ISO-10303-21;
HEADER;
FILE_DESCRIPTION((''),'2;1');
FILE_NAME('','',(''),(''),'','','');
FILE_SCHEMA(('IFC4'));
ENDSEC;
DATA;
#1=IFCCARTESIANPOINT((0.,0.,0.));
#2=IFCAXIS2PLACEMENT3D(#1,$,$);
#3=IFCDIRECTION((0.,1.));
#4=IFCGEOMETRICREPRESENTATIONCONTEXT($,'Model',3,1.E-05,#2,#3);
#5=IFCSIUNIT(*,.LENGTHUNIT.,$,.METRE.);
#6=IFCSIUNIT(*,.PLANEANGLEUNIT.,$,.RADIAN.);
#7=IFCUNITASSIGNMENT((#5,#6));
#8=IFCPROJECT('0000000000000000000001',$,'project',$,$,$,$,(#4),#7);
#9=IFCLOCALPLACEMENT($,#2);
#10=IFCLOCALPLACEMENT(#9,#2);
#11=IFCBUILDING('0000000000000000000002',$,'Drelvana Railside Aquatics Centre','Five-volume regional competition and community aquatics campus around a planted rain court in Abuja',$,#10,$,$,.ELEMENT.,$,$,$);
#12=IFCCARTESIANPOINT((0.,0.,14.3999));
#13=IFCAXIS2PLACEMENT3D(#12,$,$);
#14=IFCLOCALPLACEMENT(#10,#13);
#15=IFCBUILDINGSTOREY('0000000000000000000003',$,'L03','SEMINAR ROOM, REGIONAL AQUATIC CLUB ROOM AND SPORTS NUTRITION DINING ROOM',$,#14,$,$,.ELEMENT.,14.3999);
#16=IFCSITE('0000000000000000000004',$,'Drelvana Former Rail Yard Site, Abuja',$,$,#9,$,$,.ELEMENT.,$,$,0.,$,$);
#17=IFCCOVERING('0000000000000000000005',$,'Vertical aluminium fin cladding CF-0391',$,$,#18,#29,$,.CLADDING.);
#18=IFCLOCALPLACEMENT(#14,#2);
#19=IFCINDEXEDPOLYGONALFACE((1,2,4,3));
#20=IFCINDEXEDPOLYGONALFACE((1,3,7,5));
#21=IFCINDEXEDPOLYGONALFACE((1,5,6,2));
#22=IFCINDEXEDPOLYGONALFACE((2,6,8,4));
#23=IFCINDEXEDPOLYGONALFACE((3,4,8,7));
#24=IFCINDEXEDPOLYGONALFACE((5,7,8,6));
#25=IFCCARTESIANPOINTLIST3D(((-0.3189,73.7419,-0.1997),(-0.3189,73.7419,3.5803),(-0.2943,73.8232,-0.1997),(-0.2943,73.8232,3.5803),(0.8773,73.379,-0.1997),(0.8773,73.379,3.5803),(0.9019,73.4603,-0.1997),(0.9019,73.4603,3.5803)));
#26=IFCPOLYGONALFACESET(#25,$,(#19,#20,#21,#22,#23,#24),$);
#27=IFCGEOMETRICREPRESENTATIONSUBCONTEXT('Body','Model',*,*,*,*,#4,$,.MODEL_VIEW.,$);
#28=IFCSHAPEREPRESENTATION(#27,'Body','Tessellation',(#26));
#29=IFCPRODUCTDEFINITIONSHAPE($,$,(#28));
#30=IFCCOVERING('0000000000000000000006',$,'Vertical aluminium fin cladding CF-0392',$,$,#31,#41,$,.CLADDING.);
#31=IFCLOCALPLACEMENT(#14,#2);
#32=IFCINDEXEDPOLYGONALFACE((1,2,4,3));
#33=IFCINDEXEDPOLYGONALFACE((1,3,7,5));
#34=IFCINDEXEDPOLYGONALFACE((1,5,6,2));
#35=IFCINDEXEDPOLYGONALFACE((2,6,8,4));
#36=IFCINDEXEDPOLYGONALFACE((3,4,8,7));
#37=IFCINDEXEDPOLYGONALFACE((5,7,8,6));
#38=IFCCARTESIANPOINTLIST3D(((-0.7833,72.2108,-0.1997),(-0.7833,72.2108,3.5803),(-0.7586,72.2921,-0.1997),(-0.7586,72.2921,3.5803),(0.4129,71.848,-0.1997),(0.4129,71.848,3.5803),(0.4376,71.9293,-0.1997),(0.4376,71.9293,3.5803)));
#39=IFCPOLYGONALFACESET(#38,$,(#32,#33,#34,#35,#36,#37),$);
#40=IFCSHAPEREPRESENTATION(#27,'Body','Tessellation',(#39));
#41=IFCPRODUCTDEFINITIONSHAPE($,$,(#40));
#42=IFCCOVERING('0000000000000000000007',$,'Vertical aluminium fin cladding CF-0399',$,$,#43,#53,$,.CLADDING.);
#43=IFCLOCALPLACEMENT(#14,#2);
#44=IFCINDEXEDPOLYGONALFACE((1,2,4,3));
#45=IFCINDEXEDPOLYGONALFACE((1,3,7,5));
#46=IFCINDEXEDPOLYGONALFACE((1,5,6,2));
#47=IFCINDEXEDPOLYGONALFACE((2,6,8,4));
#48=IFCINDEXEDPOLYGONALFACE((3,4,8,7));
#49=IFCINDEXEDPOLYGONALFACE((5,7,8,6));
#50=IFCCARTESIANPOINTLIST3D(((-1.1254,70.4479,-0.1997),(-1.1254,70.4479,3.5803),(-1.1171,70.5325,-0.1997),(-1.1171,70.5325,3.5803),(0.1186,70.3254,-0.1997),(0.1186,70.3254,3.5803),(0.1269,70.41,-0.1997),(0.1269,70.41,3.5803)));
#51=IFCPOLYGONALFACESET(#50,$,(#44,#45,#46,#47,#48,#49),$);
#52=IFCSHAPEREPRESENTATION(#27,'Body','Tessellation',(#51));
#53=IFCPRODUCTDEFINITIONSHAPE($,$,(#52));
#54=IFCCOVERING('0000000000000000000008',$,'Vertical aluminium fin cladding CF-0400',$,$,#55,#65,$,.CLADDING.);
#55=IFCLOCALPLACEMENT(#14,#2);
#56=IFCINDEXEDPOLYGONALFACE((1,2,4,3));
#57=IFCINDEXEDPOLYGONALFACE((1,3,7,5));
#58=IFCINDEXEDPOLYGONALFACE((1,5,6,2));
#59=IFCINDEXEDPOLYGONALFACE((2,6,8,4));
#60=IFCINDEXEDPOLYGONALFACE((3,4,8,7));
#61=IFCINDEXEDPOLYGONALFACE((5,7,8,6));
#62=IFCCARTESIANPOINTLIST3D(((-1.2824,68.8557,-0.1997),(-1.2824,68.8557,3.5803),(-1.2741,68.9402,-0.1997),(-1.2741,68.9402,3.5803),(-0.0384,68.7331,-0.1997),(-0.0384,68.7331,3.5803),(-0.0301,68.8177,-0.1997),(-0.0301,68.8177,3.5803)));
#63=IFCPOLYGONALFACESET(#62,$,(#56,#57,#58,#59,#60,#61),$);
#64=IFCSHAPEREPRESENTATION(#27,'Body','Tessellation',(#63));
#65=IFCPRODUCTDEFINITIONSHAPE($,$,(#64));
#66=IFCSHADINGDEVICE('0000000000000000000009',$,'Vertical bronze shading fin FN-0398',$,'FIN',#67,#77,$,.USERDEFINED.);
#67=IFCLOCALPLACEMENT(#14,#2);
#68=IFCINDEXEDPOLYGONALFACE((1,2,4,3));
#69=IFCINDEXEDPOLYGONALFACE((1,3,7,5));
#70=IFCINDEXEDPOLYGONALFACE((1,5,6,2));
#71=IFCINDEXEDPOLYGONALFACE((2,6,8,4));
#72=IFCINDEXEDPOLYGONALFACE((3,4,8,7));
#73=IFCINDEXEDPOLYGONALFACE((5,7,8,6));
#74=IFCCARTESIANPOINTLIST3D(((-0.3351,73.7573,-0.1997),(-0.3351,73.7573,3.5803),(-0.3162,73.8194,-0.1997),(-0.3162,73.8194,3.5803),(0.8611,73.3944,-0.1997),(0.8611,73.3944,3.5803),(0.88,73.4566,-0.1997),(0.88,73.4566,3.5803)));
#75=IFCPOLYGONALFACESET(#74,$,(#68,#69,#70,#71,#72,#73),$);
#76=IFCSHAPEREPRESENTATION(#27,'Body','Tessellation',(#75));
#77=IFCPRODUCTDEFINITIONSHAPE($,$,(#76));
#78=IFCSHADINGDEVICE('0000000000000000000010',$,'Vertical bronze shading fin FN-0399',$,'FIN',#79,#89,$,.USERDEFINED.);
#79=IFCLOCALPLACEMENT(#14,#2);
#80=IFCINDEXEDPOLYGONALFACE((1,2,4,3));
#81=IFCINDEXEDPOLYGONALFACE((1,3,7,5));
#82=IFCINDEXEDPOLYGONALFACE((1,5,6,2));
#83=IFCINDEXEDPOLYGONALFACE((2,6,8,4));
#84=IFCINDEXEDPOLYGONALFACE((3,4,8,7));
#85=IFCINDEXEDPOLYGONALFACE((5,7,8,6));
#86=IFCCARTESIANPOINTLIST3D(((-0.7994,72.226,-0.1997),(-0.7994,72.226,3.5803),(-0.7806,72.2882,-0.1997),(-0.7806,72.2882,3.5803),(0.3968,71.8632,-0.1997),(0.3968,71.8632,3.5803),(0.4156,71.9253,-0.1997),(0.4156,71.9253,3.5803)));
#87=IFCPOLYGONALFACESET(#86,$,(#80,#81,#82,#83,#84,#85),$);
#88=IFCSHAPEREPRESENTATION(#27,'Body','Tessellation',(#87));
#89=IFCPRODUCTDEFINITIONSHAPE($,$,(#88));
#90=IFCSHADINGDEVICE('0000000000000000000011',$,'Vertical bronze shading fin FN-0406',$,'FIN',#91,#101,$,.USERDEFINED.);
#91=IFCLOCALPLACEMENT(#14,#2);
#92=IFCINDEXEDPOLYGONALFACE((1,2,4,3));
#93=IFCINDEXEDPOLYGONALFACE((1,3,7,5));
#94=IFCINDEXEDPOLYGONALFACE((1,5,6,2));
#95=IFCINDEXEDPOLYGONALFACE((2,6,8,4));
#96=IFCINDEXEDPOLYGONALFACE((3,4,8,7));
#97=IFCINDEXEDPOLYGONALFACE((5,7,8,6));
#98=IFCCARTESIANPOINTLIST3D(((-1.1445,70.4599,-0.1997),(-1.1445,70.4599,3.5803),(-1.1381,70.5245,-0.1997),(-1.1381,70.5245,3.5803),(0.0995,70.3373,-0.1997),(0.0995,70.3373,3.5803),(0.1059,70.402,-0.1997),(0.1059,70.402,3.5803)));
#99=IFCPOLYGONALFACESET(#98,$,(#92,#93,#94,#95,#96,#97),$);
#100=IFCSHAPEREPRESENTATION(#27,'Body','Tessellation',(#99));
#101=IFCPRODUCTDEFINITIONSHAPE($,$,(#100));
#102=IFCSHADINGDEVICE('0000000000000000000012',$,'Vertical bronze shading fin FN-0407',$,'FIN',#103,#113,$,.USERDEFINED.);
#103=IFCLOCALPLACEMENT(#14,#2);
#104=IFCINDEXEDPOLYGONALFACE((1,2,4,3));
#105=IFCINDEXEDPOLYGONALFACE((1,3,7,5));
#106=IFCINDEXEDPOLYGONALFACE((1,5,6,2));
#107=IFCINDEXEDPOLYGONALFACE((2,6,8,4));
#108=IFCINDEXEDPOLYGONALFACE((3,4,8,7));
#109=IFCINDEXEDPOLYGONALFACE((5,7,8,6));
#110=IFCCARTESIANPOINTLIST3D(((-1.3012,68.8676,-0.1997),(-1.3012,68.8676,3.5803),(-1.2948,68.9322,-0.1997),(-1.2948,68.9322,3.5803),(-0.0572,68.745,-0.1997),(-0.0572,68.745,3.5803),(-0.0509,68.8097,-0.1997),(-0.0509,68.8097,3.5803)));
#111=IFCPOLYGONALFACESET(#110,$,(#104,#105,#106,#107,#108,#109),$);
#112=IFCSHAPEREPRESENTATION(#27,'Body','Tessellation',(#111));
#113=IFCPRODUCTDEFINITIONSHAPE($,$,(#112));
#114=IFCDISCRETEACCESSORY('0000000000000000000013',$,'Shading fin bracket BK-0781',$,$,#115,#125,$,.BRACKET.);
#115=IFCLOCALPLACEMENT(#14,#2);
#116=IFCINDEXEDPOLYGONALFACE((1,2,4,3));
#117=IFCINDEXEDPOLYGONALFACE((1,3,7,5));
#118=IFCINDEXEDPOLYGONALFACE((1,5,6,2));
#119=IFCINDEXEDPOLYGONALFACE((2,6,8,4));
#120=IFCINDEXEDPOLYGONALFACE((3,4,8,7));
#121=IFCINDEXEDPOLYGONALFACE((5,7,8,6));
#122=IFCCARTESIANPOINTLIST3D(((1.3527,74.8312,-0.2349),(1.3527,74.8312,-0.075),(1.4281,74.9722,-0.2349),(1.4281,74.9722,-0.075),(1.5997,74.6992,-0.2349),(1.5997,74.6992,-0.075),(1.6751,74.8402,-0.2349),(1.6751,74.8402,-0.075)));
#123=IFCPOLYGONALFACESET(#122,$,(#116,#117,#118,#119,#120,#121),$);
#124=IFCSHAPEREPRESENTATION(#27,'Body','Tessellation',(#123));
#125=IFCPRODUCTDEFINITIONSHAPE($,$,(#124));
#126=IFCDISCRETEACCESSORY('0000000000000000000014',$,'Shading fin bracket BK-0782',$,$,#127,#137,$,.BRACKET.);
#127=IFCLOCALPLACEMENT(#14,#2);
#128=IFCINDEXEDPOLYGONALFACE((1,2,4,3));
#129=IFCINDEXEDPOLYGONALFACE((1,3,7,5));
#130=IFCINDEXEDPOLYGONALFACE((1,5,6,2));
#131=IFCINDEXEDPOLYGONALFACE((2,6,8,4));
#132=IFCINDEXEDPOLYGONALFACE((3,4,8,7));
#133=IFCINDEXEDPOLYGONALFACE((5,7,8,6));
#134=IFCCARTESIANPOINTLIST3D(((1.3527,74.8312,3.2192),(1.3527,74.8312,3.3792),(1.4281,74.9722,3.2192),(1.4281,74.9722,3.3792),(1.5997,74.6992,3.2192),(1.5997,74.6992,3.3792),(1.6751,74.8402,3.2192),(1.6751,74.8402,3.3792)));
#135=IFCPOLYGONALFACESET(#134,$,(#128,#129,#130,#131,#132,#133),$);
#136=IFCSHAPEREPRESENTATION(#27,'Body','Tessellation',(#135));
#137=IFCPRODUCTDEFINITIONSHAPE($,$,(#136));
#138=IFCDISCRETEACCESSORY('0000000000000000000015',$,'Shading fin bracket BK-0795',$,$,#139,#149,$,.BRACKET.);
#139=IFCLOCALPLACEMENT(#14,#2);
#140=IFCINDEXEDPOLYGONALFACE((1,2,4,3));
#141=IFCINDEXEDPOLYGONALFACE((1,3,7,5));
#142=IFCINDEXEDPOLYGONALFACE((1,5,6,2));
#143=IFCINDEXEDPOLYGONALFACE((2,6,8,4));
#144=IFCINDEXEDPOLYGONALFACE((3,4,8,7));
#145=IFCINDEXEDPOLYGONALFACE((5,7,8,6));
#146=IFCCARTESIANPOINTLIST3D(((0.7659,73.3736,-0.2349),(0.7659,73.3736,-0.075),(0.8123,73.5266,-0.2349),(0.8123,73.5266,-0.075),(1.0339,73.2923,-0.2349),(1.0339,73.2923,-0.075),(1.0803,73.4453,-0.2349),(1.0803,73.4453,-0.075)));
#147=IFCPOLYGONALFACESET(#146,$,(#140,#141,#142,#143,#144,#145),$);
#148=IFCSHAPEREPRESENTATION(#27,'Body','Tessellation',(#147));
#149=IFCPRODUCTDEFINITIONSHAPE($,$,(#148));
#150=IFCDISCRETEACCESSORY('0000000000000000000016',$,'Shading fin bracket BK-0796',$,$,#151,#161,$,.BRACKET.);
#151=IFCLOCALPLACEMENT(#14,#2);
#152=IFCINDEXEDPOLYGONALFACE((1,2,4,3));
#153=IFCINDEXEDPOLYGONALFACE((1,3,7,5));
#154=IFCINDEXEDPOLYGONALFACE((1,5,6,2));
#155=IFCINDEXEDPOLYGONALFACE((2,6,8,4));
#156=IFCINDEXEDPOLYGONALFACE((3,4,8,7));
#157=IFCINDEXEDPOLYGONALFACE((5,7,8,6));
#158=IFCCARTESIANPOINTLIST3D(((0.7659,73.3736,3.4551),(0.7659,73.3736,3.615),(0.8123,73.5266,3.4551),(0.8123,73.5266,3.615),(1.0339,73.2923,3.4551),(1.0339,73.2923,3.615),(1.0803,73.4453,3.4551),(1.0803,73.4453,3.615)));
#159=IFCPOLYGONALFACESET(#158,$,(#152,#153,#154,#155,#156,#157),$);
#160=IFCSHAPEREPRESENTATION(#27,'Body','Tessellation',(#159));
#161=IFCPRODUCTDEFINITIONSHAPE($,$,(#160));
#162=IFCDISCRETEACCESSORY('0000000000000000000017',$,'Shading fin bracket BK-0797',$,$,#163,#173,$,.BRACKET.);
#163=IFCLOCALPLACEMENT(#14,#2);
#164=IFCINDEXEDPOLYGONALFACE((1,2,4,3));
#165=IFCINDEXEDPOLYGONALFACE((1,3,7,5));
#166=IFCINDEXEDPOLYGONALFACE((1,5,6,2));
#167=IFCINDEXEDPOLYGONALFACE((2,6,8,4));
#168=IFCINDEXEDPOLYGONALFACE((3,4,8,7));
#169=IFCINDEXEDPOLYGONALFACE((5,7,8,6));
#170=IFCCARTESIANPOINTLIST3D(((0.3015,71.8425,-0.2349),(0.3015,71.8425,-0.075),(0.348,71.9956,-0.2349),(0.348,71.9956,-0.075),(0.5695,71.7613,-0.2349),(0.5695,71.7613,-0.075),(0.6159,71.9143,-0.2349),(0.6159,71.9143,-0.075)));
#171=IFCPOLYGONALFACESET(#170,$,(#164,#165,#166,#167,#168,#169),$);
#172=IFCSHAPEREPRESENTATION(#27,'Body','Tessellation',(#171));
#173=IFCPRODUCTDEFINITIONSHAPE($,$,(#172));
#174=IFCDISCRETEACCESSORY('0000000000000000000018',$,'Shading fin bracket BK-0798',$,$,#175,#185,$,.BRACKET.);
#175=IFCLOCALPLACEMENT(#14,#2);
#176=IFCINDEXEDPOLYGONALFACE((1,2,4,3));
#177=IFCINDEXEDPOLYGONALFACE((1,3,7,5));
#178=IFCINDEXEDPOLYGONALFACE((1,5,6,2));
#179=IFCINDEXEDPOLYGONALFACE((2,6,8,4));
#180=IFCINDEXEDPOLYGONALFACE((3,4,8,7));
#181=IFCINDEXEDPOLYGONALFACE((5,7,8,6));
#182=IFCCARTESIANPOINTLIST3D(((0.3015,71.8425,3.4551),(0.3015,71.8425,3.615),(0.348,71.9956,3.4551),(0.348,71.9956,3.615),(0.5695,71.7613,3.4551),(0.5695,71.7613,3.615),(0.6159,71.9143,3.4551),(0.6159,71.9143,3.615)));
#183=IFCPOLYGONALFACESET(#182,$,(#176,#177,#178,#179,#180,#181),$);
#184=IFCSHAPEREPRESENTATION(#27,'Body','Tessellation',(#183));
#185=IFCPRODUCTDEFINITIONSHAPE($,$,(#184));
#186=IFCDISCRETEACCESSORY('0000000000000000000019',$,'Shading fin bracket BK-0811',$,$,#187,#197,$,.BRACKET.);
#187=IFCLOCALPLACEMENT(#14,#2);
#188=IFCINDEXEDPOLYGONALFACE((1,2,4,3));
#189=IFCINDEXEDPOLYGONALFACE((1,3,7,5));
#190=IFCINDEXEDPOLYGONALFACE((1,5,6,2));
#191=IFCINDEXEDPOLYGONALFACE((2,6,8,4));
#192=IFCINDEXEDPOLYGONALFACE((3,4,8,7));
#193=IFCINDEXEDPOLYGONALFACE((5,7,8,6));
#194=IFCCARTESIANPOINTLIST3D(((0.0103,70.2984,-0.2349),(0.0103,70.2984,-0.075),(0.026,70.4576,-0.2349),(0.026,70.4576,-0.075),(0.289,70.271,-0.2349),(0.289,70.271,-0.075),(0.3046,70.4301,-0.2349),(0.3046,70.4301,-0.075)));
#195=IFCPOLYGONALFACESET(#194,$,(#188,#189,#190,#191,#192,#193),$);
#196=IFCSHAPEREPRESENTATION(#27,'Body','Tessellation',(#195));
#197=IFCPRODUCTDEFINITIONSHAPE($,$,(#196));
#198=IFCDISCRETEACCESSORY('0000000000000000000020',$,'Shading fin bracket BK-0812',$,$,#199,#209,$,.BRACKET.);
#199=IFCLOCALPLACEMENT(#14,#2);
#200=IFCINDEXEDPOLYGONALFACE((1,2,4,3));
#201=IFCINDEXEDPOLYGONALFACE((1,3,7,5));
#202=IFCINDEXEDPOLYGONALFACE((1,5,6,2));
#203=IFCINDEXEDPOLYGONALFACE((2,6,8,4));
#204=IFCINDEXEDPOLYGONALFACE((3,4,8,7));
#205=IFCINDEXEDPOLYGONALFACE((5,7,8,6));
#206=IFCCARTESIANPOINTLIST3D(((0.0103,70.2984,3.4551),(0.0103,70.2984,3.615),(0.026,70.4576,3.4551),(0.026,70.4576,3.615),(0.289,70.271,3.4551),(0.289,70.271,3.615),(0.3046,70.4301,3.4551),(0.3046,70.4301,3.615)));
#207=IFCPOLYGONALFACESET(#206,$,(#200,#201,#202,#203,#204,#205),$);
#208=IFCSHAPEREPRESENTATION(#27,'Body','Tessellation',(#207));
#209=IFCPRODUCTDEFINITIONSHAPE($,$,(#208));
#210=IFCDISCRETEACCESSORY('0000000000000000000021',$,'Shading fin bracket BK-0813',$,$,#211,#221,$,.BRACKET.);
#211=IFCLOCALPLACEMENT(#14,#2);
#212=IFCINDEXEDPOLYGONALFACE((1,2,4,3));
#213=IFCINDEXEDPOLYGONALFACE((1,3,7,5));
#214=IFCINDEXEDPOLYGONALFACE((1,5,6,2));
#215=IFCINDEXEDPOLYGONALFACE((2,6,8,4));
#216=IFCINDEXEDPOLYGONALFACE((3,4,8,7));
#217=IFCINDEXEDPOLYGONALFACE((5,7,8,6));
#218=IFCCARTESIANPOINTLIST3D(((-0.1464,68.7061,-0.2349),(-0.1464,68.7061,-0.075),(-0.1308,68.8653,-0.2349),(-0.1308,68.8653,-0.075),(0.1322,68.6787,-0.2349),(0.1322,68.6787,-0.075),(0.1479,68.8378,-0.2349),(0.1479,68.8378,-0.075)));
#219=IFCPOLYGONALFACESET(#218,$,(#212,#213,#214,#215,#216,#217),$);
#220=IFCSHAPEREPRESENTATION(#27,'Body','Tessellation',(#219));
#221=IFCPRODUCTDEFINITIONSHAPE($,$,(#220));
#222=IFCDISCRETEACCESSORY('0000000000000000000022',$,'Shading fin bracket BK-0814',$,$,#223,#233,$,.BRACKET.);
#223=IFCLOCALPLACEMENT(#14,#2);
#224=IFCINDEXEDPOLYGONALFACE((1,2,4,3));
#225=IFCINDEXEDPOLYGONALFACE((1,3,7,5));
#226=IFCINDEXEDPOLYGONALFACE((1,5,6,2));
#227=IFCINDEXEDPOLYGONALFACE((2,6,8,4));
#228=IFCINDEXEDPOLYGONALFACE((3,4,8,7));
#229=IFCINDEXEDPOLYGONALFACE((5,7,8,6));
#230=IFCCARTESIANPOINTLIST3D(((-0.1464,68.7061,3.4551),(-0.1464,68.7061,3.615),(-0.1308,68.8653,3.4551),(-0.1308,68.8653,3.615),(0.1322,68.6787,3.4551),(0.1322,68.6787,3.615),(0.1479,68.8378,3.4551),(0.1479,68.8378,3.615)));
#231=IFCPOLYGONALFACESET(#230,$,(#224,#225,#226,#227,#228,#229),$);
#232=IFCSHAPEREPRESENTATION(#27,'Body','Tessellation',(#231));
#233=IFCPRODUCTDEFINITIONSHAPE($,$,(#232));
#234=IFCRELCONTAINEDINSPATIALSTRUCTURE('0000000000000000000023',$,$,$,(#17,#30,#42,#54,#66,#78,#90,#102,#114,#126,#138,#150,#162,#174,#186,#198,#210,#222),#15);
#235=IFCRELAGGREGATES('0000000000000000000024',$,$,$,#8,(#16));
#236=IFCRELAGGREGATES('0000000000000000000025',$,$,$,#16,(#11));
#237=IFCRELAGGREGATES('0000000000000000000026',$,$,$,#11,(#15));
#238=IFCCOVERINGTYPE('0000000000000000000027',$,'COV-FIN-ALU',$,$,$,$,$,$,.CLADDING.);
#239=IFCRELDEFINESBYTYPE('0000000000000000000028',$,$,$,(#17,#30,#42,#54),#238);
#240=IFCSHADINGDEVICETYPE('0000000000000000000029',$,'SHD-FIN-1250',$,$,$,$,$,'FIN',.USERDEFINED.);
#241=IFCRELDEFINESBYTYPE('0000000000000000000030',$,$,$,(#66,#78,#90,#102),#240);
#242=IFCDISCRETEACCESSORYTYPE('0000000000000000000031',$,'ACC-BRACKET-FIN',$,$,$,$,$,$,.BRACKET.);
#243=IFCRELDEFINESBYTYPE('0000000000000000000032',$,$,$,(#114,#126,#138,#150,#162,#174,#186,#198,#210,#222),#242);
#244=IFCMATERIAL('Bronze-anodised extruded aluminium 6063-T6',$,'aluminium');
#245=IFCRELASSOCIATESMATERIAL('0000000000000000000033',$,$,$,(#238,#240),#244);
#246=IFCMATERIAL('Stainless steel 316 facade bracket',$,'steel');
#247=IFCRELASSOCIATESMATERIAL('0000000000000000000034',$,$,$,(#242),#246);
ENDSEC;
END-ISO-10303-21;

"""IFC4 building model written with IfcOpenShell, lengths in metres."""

from ifc_helpers import new_model, si_unit, direction, frame, origin, origin_2d, place, context, subcontext, project, spatial, rectangle, extrude, material, type_object, element, save


model = new_model("IFC4")

# Units and contexts
model_context = context("Model", 3, precision=1e-05, world=origin(), true_north=direction((0.0, 1.0)))
body_context = subcontext(model_context, "Body", "Model", "MODEL_VIEW")
ifc_project = project(units=[si_unit("LENGTHUNIT", "METRE"), si_unit("PLANEANGLEUNIT", "RADIAN")], contexts=[model_context])

# Site, building, storey
site_placement = place(None, origin())
site = spatial("IfcSite", under=ifc_project, at=site_placement, Name="Drelvana Former Rail Yard Site, Abuja", CompositionType="ELEMENT", RefElevation=0.0)
building_placement = place(site_placement, origin())
building = spatial("IfcBuilding", under=site, at=building_placement, Name="Drelvana Railside Aquatics Centre", Description="Five-volume regional competition and community aquatics campus around a planted rain court in Abuja", CompositionType="ELEMENT")
storey_placement = place(building_placement, frame((0.0, 0.0, 14.3999)))
storey = spatial("IfcBuildingStorey", under=building, at=storey_placement, Name="L03", Description="SEMINAR ROOM, REGIONAL AQUATIC CLUB ROOM AND SPORTS NUTRITION DINING ROOM", CompositionType="ELEMENT", Elevation=14.3999)

# Coverings
ifc_material_1 = material(Name="Bronze-anodised extruded aluminium 6063-T6", Category="aluminium")
covering_type = type_object("IfcCoveringType", Name="COV-FIN-ALU", PredefinedType="CLADDING", material=ifc_material_1)
for number, where, z_axis, x_axis, name in (
    (1, (0.2915, 73.6011, -0.1997), (0.0, 0.0, 1.0), (0.290285, 0.95694, 0.0), "Vertical aluminium fin cladding CF-0391"),
    (2, (-0.1729, 72.0701, -0.1997), (0.0, 0.0, 1.0), (0.290285, 0.95694, 0.0), "Vertical aluminium fin cladding CF-0392"),
    (3, (-0.4993, 70.429, -0.1997), (0.0, 0.0, 1.0), (0.098017, 0.995185, 0.0), "Vertical aluminium fin cladding CF-0399"),
    (4, (-0.6562, 68.8367, -0.1997), (0.0, 0.0, 1.0), (0.098017, 0.995185, 0.0), "Vertical aluminium fin cladding CF-0400"),
):
    element("IfcCovering", number, at=place(storey_placement, frame(where, z_axis=z_axis, x_axis=x_axis)), inside=storey, type_object=covering_type, Name=name, PredefinedType="CLADDING", context=body_context, shape_type="SweptSolid", body=[
        extrude(rectangle(XDim=0.085, YDim=1.25, at=origin_2d()), origin(), (0.0, 0.0, 1.0), 3.78),
    ])

# Shading devices
shading_device_type = type_object("IfcShadingDeviceType", Name="SHD-FIN-1250", ElementType="FIN", PredefinedType="USERDEFINED", material=ifc_material_1)
for number, where, z_axis, x_axis, name in (
    (5, (0.2725, 73.6069, -0.1997), (0.0, 0.0, 1.0), (-0.95694, 0.290285, 0.0), "Vertical bronze shading fin FN-0398"),
    (6, (-0.1919, 72.0757, -0.1997), (0.0, 0.0, 1.0), (-0.95694, 0.290285, 0.0), "Vertical bronze shading fin FN-0399"),
    (7, (-0.5193, 70.4309, -0.1997), (0.0, 0.0, 1.0), (-0.995185, 0.098017, 0.0), "Vertical bronze shading fin FN-0406"),
    (8, (-0.676, 68.8386, -0.1997), (0.0, 0.0, 1.0), (-0.995185, 0.098017, 0.0), "Vertical bronze shading fin FN-0407"),
):
    element("IfcShadingDevice", number, at=place(storey_placement, frame(where, z_axis=z_axis, x_axis=x_axis)), inside=storey, type_object=shading_device_type, Name=name, ObjectType="FIN", PredefinedType="USERDEFINED", context=body_context, shape_type="SweptSolid", body=[
        extrude(rectangle(XDim=1.25, YDim=0.0649, at=origin_2d()), origin(), (0.0, 0.0, 1.0), 3.78),
    ])

# Discrete accessories
ifc_material_2 = material(Name="Stainless steel 316 facade bracket", Category="steel")
discrete_accessory_type = type_object("IfcDiscreteAccessoryType", Name="ACC-BRACKET-FIN", PredefinedType="BRACKET", material=ifc_material_2)
for number, where, z_axis, x_axis, name in (
    (9, (1.5139, 74.8357, -0.2349), (0.0, 0.0, 1.0), (-0.881921, 0.471397, 0.0), "Shading fin bracket BK-0781"),
    (10, (1.5139, 74.8357, 3.2192), (0.0, 0.0, 1.0), (-0.881921, 0.471397, 0.0), "Shading fin bracket BK-0782"),
    (11, (0.9231, 73.4094, -0.2349), (0.0, 0.0, 1.0), (-0.95694, 0.290285, 0.0), "Shading fin bracket BK-0795"),
    (12, (0.9231, 73.4094, 3.4551), (0.0, 0.0, 1.0), (-0.95694, 0.290285, 0.0), "Shading fin bracket BK-0796"),
    (13, (0.4587, 71.8784, -0.2349), (0.0, 0.0, 1.0), (-0.95694, 0.290285, 0.0), "Shading fin bracket BK-0797"),
    (14, (0.4587, 71.8784, 3.4551), (0.0, 0.0, 1.0), (-0.95694, 0.290285, 0.0), "Shading fin bracket BK-0798"),
    (15, (0.1575, 70.3643, -0.2349), (0.0, 0.0, 1.0), (-0.995185, 0.098017, 0.0), "Shading fin bracket BK-0811"),
    (16, (0.1575, 70.3643, 3.4551), (0.0, 0.0, 1.0), (-0.995185, 0.098017, 0.0), "Shading fin bracket BK-0812"),
    (17, (0.0007, 68.772, -0.2349), (0.0, 0.0, 1.0), (-0.995185, 0.098017, 0.0), "Shading fin bracket BK-0813"),
    (18, (0.0007, 68.772, 3.4551), (0.0, 0.0, 1.0), (-0.995185, 0.098017, 0.0), "Shading fin bracket BK-0814"),
):
    element("IfcDiscreteAccessory", number, at=place(storey_placement, frame(where, z_axis=z_axis, x_axis=x_axis)), inside=storey, type_object=discrete_accessory_type, Name=name, PredefinedType="BRACKET", context=body_context, shape_type="SweptSolid", body=[
        extrude(rectangle(XDim=0.28, YDim=0.1599, at=origin_2d()), origin(), (0.0, 0.0, 1.0), 0.1599),
    ])

save(model, "model.ifc")
